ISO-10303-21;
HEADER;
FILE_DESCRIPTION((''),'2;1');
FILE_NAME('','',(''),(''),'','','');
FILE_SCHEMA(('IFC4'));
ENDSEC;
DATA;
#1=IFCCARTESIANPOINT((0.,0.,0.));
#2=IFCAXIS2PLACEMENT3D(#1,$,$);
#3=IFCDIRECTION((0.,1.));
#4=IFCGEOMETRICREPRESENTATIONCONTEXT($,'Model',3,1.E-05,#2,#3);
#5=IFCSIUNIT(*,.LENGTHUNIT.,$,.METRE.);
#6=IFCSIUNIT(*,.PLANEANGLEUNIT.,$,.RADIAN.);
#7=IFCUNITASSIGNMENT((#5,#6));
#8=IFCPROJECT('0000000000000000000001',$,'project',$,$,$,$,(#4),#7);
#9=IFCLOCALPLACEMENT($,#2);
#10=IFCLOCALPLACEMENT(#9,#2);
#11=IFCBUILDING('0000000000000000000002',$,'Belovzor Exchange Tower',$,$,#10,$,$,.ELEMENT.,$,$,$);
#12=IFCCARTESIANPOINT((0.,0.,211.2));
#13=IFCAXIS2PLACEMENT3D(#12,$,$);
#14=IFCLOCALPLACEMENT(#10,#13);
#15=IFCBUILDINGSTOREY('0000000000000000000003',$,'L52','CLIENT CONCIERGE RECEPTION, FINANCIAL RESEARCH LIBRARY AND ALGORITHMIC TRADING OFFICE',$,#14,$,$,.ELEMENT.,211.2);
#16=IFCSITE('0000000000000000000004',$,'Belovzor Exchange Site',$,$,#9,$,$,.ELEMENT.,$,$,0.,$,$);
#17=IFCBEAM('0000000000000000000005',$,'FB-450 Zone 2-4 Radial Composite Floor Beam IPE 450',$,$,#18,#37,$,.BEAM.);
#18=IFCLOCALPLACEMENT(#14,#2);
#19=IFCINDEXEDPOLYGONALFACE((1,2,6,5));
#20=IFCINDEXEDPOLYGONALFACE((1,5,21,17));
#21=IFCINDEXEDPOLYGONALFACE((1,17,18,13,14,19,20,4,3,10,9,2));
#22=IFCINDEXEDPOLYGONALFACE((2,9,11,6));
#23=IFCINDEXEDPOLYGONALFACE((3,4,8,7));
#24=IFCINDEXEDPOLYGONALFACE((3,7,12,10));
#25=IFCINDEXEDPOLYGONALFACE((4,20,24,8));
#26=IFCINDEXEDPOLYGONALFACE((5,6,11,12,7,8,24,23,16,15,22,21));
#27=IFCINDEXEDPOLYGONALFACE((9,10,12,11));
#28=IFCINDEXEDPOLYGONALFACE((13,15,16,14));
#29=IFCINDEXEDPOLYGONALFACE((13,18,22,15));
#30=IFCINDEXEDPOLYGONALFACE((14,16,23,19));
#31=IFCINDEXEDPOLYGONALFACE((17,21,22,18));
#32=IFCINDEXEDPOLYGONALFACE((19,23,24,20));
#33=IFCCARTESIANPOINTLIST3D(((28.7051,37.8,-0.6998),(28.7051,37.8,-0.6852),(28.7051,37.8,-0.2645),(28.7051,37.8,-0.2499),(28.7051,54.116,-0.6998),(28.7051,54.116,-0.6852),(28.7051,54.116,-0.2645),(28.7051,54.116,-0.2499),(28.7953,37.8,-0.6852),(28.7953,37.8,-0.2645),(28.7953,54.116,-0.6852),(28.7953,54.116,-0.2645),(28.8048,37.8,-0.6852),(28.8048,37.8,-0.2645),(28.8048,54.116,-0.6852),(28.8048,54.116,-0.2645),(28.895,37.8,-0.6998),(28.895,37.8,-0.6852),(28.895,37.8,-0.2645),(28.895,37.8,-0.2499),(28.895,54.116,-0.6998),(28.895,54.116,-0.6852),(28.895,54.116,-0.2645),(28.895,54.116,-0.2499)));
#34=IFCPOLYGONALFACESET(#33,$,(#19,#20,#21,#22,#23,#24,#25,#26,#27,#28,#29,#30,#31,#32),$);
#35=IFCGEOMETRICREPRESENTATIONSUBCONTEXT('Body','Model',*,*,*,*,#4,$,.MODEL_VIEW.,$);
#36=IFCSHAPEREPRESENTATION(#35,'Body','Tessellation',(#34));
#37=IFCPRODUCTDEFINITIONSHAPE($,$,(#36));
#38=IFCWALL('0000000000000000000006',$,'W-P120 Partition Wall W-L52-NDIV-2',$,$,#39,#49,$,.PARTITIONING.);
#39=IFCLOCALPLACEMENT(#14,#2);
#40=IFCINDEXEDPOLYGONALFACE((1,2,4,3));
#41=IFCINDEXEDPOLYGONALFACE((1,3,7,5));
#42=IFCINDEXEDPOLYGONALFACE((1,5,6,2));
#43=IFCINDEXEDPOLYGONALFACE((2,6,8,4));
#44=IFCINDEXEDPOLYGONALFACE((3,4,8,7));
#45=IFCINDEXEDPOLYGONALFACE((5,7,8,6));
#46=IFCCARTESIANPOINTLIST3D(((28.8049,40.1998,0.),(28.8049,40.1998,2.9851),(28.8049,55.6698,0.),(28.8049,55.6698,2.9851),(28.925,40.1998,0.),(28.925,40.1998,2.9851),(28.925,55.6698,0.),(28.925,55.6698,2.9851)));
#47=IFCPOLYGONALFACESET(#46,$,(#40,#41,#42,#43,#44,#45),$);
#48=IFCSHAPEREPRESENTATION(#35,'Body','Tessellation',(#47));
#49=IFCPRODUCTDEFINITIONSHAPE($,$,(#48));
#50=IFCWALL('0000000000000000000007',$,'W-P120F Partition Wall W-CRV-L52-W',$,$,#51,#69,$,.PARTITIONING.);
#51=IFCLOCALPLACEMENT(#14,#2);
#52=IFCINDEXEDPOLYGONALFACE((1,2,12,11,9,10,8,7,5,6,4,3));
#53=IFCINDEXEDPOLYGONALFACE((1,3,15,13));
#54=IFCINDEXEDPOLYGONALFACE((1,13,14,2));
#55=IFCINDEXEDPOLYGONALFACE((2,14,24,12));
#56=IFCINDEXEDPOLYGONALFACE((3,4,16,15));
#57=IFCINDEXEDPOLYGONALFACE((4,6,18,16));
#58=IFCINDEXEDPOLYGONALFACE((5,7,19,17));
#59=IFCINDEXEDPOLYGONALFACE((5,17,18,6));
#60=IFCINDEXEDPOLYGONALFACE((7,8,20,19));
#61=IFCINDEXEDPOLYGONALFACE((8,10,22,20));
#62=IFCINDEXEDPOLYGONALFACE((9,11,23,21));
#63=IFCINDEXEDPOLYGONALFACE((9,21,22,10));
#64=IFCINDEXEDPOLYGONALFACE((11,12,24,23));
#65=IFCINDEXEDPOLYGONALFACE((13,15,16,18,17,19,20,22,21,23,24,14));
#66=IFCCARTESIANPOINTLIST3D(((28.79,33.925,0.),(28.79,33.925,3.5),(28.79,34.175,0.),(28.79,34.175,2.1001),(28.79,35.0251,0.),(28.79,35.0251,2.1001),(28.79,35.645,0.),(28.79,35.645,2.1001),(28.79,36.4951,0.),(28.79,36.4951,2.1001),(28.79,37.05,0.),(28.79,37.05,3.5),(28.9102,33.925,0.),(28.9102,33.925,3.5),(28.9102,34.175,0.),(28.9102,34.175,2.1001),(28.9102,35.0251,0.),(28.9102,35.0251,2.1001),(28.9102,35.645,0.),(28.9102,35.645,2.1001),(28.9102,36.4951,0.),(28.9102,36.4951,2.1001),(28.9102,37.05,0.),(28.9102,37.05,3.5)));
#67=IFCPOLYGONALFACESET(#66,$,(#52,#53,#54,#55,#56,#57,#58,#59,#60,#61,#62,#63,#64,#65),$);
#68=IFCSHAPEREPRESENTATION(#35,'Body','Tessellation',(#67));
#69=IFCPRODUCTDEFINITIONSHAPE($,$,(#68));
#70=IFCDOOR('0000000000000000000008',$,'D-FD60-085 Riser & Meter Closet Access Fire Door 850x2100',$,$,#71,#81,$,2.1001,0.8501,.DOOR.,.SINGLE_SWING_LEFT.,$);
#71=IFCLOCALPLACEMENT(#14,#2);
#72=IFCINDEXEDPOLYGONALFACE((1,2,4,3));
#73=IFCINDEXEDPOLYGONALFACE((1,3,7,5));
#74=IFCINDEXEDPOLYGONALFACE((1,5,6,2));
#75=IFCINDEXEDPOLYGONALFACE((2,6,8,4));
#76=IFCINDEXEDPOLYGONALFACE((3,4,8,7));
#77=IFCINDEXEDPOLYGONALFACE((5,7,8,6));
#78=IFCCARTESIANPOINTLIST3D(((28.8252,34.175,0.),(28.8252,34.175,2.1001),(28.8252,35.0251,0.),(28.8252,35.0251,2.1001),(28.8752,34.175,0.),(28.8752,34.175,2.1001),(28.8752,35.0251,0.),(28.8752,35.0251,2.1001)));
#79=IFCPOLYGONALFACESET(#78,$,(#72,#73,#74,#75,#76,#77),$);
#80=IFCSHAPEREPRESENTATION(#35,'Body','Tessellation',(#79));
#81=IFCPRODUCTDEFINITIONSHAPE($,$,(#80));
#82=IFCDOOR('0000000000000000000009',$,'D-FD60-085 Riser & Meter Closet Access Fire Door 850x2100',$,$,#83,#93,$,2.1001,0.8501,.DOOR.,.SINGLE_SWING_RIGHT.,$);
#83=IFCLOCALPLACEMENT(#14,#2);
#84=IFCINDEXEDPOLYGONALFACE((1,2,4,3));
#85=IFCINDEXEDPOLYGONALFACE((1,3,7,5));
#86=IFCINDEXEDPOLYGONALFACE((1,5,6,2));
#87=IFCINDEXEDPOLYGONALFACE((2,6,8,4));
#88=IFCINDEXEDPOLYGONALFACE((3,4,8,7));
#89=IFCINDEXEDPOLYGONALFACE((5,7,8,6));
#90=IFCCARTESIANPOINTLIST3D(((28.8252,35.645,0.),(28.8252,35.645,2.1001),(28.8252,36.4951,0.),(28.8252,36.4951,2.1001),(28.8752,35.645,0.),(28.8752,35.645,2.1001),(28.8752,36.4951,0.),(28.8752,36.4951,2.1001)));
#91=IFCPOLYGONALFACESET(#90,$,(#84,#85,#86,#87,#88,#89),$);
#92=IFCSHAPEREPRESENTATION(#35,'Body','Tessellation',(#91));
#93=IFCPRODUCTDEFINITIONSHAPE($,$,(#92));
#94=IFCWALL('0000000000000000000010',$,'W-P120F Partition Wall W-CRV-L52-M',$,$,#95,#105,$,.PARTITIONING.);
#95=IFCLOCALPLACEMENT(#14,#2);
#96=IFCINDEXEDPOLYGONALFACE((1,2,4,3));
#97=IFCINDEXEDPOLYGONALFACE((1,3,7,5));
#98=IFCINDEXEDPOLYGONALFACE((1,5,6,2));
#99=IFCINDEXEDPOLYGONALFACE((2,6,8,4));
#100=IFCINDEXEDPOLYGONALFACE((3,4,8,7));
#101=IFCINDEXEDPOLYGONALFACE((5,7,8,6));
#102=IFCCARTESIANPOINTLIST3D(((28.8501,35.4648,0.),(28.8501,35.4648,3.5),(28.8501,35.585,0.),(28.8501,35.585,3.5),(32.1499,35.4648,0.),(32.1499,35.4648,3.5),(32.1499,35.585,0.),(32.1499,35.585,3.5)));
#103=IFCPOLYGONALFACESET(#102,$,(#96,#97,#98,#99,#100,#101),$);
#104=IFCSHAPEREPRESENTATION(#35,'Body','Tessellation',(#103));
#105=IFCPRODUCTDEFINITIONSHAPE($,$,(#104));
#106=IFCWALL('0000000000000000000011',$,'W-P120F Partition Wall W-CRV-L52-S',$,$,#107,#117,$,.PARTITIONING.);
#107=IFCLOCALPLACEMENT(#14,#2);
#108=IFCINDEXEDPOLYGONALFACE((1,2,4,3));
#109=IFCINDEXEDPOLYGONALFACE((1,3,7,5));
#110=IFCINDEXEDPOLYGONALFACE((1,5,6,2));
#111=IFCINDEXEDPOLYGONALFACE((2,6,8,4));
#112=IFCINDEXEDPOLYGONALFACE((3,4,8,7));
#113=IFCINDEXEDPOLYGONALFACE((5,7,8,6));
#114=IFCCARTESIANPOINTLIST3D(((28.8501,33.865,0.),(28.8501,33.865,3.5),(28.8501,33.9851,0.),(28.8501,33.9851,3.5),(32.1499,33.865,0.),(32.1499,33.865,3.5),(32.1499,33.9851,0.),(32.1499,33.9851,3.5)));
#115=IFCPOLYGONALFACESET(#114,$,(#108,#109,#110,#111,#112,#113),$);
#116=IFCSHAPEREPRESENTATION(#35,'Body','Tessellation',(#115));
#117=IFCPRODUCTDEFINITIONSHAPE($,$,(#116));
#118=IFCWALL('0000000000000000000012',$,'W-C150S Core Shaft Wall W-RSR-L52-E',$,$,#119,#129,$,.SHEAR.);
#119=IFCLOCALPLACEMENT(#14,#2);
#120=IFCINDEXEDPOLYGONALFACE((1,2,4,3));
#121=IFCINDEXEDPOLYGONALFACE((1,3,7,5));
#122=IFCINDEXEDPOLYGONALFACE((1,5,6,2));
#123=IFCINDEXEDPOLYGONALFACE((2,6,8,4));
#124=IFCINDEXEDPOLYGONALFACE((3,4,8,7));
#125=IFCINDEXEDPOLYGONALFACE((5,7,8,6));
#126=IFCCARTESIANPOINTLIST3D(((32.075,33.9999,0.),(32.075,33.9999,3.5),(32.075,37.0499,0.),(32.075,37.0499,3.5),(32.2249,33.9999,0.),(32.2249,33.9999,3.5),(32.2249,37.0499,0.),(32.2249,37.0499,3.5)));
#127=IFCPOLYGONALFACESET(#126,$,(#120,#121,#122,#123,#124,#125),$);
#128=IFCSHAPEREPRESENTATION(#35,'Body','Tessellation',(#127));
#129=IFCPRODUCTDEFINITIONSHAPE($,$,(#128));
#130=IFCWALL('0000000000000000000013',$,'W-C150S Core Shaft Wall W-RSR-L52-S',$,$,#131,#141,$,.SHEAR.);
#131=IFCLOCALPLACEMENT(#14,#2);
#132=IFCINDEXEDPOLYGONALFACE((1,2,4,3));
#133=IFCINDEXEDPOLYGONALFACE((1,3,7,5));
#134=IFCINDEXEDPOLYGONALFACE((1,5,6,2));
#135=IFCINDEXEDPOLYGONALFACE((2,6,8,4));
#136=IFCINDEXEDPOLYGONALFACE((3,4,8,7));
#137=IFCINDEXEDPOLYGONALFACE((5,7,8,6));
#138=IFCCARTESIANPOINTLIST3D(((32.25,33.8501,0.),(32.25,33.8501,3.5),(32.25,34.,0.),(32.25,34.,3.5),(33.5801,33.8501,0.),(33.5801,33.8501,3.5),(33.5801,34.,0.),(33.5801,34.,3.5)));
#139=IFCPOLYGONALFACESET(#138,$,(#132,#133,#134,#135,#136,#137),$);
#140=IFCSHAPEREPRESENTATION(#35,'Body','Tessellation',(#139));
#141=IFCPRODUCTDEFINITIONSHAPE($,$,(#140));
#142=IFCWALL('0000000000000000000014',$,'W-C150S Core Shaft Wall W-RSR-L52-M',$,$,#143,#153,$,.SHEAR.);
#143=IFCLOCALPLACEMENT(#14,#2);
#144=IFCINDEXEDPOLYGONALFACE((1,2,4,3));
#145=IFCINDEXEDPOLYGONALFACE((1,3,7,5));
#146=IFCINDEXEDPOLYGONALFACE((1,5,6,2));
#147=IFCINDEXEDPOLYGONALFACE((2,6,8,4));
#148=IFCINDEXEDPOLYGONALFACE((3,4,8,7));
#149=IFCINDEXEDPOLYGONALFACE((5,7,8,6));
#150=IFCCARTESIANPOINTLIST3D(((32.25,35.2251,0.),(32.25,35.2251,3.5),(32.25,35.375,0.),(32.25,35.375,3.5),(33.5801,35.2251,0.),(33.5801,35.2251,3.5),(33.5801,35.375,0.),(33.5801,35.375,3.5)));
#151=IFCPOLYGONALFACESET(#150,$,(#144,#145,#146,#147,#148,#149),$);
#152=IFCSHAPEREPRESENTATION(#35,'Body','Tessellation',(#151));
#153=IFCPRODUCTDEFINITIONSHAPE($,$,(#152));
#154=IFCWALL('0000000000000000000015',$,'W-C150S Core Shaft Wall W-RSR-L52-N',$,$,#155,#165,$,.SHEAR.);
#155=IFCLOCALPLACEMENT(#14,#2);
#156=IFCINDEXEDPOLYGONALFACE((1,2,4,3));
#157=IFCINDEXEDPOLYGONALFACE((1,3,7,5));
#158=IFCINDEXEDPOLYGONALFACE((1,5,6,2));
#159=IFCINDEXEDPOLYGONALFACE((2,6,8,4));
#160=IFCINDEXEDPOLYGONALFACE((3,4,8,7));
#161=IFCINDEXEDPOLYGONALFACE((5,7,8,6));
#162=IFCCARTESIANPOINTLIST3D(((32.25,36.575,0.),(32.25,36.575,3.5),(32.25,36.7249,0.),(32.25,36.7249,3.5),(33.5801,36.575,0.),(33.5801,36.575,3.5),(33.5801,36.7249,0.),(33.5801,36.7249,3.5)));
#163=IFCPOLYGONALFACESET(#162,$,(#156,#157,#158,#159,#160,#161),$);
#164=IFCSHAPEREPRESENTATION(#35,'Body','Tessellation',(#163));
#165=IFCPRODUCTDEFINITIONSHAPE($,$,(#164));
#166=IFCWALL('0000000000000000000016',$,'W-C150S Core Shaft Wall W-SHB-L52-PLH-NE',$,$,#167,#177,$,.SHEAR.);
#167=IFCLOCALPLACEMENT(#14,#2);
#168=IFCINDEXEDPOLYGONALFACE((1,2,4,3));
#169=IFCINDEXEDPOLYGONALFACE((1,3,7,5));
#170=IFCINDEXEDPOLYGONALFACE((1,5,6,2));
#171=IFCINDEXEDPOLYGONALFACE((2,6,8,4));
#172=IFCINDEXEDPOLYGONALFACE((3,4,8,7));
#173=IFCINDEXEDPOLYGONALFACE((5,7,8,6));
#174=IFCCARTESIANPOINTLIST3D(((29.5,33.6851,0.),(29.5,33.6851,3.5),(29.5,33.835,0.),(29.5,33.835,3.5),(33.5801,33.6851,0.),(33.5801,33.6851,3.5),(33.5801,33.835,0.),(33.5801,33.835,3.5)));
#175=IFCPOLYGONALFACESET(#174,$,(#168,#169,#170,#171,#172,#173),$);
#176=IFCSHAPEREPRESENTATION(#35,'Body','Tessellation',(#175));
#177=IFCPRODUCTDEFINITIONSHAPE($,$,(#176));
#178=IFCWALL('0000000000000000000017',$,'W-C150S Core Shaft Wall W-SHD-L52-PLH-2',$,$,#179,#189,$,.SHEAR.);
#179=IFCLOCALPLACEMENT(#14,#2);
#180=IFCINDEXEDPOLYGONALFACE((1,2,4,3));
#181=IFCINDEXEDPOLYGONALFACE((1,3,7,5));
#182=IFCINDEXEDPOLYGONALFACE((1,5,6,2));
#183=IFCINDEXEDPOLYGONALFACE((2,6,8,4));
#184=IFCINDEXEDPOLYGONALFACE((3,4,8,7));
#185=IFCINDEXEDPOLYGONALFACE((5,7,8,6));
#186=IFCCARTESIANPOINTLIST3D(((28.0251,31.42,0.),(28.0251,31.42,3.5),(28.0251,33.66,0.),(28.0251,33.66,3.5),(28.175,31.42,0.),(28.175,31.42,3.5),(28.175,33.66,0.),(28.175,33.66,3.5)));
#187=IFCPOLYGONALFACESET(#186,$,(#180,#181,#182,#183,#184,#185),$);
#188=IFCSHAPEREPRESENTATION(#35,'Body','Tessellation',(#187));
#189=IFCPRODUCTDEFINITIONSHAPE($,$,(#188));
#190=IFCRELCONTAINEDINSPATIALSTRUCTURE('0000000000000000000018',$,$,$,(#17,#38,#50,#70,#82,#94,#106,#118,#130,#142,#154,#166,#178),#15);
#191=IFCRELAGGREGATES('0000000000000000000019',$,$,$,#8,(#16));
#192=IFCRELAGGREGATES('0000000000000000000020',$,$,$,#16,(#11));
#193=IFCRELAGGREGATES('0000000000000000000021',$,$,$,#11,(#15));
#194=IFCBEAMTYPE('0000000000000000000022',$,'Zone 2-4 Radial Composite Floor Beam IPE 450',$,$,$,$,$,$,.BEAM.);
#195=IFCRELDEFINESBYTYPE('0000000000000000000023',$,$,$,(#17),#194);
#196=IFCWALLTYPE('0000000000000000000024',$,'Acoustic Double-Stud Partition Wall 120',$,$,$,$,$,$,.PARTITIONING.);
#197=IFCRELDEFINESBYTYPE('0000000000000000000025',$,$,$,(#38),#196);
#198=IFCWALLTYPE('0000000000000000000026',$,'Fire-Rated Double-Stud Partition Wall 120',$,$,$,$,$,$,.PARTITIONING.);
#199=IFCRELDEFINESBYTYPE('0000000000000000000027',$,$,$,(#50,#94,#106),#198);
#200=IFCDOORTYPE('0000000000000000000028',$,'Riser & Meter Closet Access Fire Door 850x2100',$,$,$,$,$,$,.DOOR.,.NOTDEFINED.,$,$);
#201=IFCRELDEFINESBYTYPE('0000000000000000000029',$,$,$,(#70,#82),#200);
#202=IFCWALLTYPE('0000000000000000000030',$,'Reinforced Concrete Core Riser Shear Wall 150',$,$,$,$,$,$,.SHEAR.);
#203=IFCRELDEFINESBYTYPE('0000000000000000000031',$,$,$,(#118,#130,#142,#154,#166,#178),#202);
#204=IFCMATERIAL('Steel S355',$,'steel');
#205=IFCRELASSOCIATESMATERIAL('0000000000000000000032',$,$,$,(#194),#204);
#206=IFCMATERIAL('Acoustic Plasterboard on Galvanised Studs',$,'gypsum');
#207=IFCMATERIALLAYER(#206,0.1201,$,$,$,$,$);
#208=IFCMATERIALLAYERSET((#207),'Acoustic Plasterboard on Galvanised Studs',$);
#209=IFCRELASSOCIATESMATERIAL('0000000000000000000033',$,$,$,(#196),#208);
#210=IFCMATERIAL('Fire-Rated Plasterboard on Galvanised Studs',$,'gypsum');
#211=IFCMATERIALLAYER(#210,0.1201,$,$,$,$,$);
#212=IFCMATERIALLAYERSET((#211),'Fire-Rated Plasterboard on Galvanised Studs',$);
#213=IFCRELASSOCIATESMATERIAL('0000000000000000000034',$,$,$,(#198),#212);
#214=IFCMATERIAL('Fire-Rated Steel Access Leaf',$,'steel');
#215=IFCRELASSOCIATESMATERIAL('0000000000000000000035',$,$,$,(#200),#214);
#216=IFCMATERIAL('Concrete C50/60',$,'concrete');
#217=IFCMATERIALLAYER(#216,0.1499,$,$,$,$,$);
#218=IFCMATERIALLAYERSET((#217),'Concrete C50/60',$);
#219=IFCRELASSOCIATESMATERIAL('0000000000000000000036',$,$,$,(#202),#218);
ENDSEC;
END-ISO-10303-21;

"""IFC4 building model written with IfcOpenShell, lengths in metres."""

from ifc_helpers import new_model, si_unit, direction, frame, frame_2d, origin, origin_2d, place, context, subcontext, project, spatial, rectangle, i_section, extrude, material, layer, layer_set, material_profile, profile_set, type_object, element, fill, save


model = new_model("IFC4")

# Units and contexts
model_context = context("Model", 3, precision=1e-05, world=origin(), true_north=direction((0.0, 1.0)))
body_context = subcontext(model_context, "Body", "Model", "MODEL_VIEW")
ifc_project = project(units=[si_unit("LENGTHUNIT", "METRE"), si_unit("PLANEANGLEUNIT", "RADIAN")], contexts=[model_context])

# Site, building, storey
site_placement = place(None, origin())
site = spatial("IfcSite", under=ifc_project, at=site_placement, Name="Belovzor Exchange Site", CompositionType="ELEMENT", RefElevation=0.0)
building_placement = place(site_placement, origin())
building = spatial("IfcBuilding", under=site, at=building_placement, Name="Belovzor Exchange Tower", CompositionType="ELEMENT")
storey_placement = place(building_placement, frame((0.0, 0.0, 211.2)))
storey = spatial("IfcBuildingStorey", under=building, at=storey_placement, Name="L52", Description="CLIENT CONCIERGE RECEPTION, FINANCIAL RESEARCH LIBRARY AND ALGORITHMIC TRADING OFFICE", CompositionType="ELEMENT", Elevation=211.2)

# Beam
ifc_material_1 = material(Name="Steel S355", Category="steel")
ifc_material_profile = material_profile(ifc_material_1, i_section(OverallWidth=0.1899, OverallDepth=0.45, WebThickness=0.0095, FlangeThickness=0.0146, at=origin_2d()))
ifc_profile_set = profile_set([ifc_material_profile], Name="Steel S355")
beam_type = type_object("IfcBeamType", Name="Zone 2-4 Radial Composite Floor Beam IPE 450", PredefinedType="BEAM", material=ifc_profile_set)
beam_placement = place(storey_placement, frame((28.8, 37.8, -0.4749), z_axis=(0.0, 1.0, 0.0), x_axis=(-1.0, 0.0, 0.0)))
element("IfcBeam", 1, at=beam_placement, inside=storey, type_object=beam_type, Name="FB-450 Zone 2-4 Radial Composite Floor Beam IPE 450", PredefinedType="BEAM", context=body_context, shape_type="SweptSolid", body=[
    extrude(i_section(OverallWidth=0.1899, OverallDepth=0.45, WebThickness=0.0095, FlangeThickness=0.0146, at=origin_2d()), origin(), (0.0, 0.0, 1.0), 16.3159),
])

# Wall
ifc_material_2 = material(Name="Acoustic Plasterboard on Galvanised Studs", Category="gypsum")
ifc_layer_1 = layer(ifc_material_2, 0.1201)
ifc_layer_set_1 = layer_set([ifc_layer_1], Name="Acoustic Plasterboard on Galvanised Studs")
wall_type_1 = type_object("IfcWallType", Name="Acoustic Double-Stud Partition Wall 120", PredefinedType="PARTITIONING", material=ifc_layer_set_1)
wall_1_placement = place(storey_placement, frame((28.865, 40.2, 0.0), z_axis=(0.0, 0.0, 1.0), x_axis=(0.0, 1.0, 0.0)))
element("IfcWall", 2, at=wall_1_placement, inside=storey, type_object=wall_type_1, Name="W-P120 Partition Wall W-L52-NDIV-2", PredefinedType="PARTITIONING", context=body_context, shape_type="SweptSolid", body=[
    extrude(rectangle(XDim=15.47, YDim=0.1201, at=frame_2d((7.7349, 0.0))), origin(), (0.0, 0.0, 1.0), 2.9851),
])

# Wall, openings, doors
ifc_material_3 = material(Name="Fire-Rated Plasterboard on Galvanised Studs", Category="gypsum")
ifc_layer_2 = layer(ifc_material_3, 0.1201)
ifc_layer_set_2 = layer_set([ifc_layer_2], Name="Fire-Rated Plasterboard on Galvanised Studs")
wall_type_2 = type_object("IfcWallType", Name="Fire-Rated Double-Stud Partition Wall 120", PredefinedType="PARTITIONING", material=ifc_layer_set_2)
wall_2_placement = place(storey_placement, frame((28.8501, 33.925, 0.0), z_axis=(0.0, 0.0, 1.0), x_axis=(0.0, 1.0, 0.0)))
wall_2 = element("IfcWall", 3, at=wall_2_placement, inside=storey, type_object=wall_type_2, Name="W-P120F Partition Wall W-CRV-L52-W", PredefinedType="PARTITIONING", context=body_context, shape_type="SweptSolid", body=[
    extrude(rectangle(XDim=3.125, YDim=0.1201, at=frame_2d((1.5625, 0.0))), origin(), (0.0, 0.0, 1.0), 3.5),
])
opening_1_placement = place(wall_2_placement, frame((0.25, 0.0, 0.0)))
opening_1 = element("IfcOpeningElement", 4, at=opening_1_placement, cuts=wall_2, PredefinedType="OPENING", context=body_context, shape_type="SweptSolid", body=[
    extrude(rectangle(XDim=0.8501, YDim=2.1001, at=frame_2d((0.425, 1.05))), frame((0.0, 0.0701, 0.0), z_axis=(0.0, -1.0, 0.0), x_axis=(1.0, 0.0, 0.0)), (0.0, 0.0, 1.0), 0.1401),
])
opening_2_placement = place(wall_2_placement, frame((1.72, 0.0, 0.0)))
opening_2 = element("IfcOpeningElement", 5, at=opening_2_placement, cuts=wall_2, PredefinedType="OPENING", context=body_context, shape_type="SweptSolid", body=[
    extrude(rectangle(XDim=0.8501, YDim=2.1001, at=frame_2d((0.425, 1.05))), frame((0.0, 0.0701, 0.0), z_axis=(0.0, -1.0, 0.0), x_axis=(1.0, 0.0, 0.0)), (0.0, 0.0, 1.0), 0.1401),
])
ifc_material_4 = material(Name="Fire-Rated Steel Access Leaf", Category="steel")
door_type = type_object("IfcDoorType", Name="Riser & Meter Closet Access Fire Door 850x2100", OperationType="NOTDEFINED", PredefinedType="DOOR", material=ifc_material_4)
door_1_placement = place(opening_1_placement, origin())
door_1 = element("IfcDoor", 6, at=door_1_placement, inside=storey, type_object=door_type, Name="D-FD60-085 Riser & Meter Closet Access Fire Door 850x2100", OperationType="SINGLE_SWING_LEFT", OverallHeight=2.1001, OverallWidth=0.8501, PredefinedType="DOOR", context=body_context, shape_type="SweptSolid", body=[
    extrude(rectangle(XDim=0.8501, YDim=2.1001, at=frame_2d((0.425, 1.05))), frame((0.0, 0.0249, 0.0), z_axis=(0.0, -1.0, 0.0), x_axis=(1.0, 0.0, 0.0)), (0.0, 0.0, 1.0), 0.05),
])
fill(opening_1, door_1)
door_2_placement = place(opening_2_placement, origin())
door_2 = element("IfcDoor", 7, at=door_2_placement, inside=storey, type_object=door_type, Name="D-FD60-085 Riser & Meter Closet Access Fire Door 850x2100", OperationType="SINGLE_SWING_RIGHT", OverallHeight=2.1001, OverallWidth=0.8501, PredefinedType="DOOR", context=body_context, shape_type="SweptSolid", body=[
    extrude(rectangle(XDim=0.8501, YDim=2.1001, at=frame_2d((0.425, 1.05))), frame((0.0, 0.0249, 0.0), z_axis=(0.0, -1.0, 0.0), x_axis=(1.0, 0.0, 0.0)), (0.0, 0.0, 1.0), 0.05),
])
fill(opening_2, door_2)

# Walls
for number, where, z_axis, x_axis, name in (
    (8, (28.8501, 35.5249, 0.0), (0.0, 0.0, 1.0), (1.0, 0.0, 0.0), "W-P120F Partition Wall W-CRV-L52-M"),
    (9, (28.8501, 33.925, 0.0), (0.0, 0.0, 1.0), (1.0, 0.0, 0.0), "W-P120F Partition Wall W-CRV-L52-S"),
):
    element("IfcWall", number, at=place(storey_placement, frame(where, z_axis=z_axis, x_axis=x_axis)), inside=storey, type_object=wall_type_2, Name=name, PredefinedType="PARTITIONING", context=body_context, shape_type="SweptSolid", body=[
        extrude(rectangle(XDim=3.2998, YDim=0.1201, at=frame_2d((1.6499, 0.0))), origin(), (0.0, 0.0, 1.0), 3.5),
    ])
ifc_material_5 = material(Name="Concrete C50/60", Category="concrete")
ifc_layer_3 = layer(ifc_material_5, 0.1499)
ifc_layer_set_3 = layer_set([ifc_layer_3], Name="Concrete C50/60")
wall_type_3 = type_object("IfcWallType", Name="Reinforced Concrete Core Riser Shear Wall 150", PredefinedType="SHEAR", material=ifc_layer_set_3)
wall_3_placement = place(storey_placement, frame((32.1499, 34.0, 0.0), z_axis=(0.0, 0.0, 1.0), x_axis=(0.0, 1.0, 0.0)))
element("IfcWall", 10, at=wall_3_placement, inside=storey, type_object=wall_type_3, Name="W-C150S Core Shaft Wall W-RSR-L52-E", PredefinedType="SHEAR", context=body_context, shape_type="SweptSolid", body=[
    extrude(rectangle(XDim=3.05, YDim=0.1499, at=frame_2d((1.5249, 0.0))), origin(), (0.0, 0.0, 1.0), 3.5),
])
for number, where, z_axis, x_axis, name in (
    (11, (32.25, 33.925, 0.0), (0.0, 0.0, 1.0), (1.0, 0.0, 0.0), "W-C150S Core Shaft Wall W-RSR-L52-S"),
    (12, (32.25, 35.3, 0.0), (0.0, 0.0, 1.0), (1.0, 0.0, 0.0), "W-C150S Core Shaft Wall W-RSR-L52-M"),
    (13, (32.25, 36.6499, 0.0), (0.0, 0.0, 1.0), (1.0, 0.0, 0.0), "W-C150S Core Shaft Wall W-RSR-L52-N"),
):
    element("IfcWall", number, at=place(storey_placement, frame(where, z_axis=z_axis, x_axis=x_axis)), inside=storey, type_object=wall_type_3, Name=name, PredefinedType="SHEAR", context=body_context, shape_type="SweptSolid", body=[
        extrude(rectangle(XDim=1.3301, YDim=0.1499, at=frame_2d((0.665, 0.0))), origin(), (0.0, 0.0, 1.0), 3.5),
    ])
wall_4_placement = place(storey_placement, frame((29.5, 33.76, 0.0), z_axis=(0.0, 0.0, 1.0), x_axis=(1.0, 0.0, 0.0)))
element("IfcWall", 14, at=wall_4_placement, inside=storey, type_object=wall_type_3, Name="W-C150S Core Shaft Wall W-SHB-L52-PLH-NE", PredefinedType="SHEAR", context=body_context, shape_type="SweptSolid", body=[
    extrude(rectangle(XDim=4.0801, YDim=0.1499, at=frame_2d((2.04, 0.0))), origin(), (0.0, 0.0, 1.0), 3.5),
])
for number, where, z_axis, x_axis, name in (
    (15, (28.1001, 31.4199, 0.0), (0.0, 0.0, 1.0), (0.0, 1.0, 0.0), "W-C150S Core Shaft Wall W-SHD-L52-PLH-2"),
):
    element("IfcWall", number, at=place(storey_placement, frame(where, z_axis=z_axis, x_axis=x_axis)), inside=storey, type_object=wall_type_3, Name=name, PredefinedType="SHEAR", context=body_context, shape_type="SweptSolid", body=[
        extrude(rectangle(XDim=2.24, YDim=0.1499, at=frame_2d((1.1201, 0.0))), origin(), (0.0, 0.0, 1.0), 3.5),
    ])

save(model, "model.ifc")
